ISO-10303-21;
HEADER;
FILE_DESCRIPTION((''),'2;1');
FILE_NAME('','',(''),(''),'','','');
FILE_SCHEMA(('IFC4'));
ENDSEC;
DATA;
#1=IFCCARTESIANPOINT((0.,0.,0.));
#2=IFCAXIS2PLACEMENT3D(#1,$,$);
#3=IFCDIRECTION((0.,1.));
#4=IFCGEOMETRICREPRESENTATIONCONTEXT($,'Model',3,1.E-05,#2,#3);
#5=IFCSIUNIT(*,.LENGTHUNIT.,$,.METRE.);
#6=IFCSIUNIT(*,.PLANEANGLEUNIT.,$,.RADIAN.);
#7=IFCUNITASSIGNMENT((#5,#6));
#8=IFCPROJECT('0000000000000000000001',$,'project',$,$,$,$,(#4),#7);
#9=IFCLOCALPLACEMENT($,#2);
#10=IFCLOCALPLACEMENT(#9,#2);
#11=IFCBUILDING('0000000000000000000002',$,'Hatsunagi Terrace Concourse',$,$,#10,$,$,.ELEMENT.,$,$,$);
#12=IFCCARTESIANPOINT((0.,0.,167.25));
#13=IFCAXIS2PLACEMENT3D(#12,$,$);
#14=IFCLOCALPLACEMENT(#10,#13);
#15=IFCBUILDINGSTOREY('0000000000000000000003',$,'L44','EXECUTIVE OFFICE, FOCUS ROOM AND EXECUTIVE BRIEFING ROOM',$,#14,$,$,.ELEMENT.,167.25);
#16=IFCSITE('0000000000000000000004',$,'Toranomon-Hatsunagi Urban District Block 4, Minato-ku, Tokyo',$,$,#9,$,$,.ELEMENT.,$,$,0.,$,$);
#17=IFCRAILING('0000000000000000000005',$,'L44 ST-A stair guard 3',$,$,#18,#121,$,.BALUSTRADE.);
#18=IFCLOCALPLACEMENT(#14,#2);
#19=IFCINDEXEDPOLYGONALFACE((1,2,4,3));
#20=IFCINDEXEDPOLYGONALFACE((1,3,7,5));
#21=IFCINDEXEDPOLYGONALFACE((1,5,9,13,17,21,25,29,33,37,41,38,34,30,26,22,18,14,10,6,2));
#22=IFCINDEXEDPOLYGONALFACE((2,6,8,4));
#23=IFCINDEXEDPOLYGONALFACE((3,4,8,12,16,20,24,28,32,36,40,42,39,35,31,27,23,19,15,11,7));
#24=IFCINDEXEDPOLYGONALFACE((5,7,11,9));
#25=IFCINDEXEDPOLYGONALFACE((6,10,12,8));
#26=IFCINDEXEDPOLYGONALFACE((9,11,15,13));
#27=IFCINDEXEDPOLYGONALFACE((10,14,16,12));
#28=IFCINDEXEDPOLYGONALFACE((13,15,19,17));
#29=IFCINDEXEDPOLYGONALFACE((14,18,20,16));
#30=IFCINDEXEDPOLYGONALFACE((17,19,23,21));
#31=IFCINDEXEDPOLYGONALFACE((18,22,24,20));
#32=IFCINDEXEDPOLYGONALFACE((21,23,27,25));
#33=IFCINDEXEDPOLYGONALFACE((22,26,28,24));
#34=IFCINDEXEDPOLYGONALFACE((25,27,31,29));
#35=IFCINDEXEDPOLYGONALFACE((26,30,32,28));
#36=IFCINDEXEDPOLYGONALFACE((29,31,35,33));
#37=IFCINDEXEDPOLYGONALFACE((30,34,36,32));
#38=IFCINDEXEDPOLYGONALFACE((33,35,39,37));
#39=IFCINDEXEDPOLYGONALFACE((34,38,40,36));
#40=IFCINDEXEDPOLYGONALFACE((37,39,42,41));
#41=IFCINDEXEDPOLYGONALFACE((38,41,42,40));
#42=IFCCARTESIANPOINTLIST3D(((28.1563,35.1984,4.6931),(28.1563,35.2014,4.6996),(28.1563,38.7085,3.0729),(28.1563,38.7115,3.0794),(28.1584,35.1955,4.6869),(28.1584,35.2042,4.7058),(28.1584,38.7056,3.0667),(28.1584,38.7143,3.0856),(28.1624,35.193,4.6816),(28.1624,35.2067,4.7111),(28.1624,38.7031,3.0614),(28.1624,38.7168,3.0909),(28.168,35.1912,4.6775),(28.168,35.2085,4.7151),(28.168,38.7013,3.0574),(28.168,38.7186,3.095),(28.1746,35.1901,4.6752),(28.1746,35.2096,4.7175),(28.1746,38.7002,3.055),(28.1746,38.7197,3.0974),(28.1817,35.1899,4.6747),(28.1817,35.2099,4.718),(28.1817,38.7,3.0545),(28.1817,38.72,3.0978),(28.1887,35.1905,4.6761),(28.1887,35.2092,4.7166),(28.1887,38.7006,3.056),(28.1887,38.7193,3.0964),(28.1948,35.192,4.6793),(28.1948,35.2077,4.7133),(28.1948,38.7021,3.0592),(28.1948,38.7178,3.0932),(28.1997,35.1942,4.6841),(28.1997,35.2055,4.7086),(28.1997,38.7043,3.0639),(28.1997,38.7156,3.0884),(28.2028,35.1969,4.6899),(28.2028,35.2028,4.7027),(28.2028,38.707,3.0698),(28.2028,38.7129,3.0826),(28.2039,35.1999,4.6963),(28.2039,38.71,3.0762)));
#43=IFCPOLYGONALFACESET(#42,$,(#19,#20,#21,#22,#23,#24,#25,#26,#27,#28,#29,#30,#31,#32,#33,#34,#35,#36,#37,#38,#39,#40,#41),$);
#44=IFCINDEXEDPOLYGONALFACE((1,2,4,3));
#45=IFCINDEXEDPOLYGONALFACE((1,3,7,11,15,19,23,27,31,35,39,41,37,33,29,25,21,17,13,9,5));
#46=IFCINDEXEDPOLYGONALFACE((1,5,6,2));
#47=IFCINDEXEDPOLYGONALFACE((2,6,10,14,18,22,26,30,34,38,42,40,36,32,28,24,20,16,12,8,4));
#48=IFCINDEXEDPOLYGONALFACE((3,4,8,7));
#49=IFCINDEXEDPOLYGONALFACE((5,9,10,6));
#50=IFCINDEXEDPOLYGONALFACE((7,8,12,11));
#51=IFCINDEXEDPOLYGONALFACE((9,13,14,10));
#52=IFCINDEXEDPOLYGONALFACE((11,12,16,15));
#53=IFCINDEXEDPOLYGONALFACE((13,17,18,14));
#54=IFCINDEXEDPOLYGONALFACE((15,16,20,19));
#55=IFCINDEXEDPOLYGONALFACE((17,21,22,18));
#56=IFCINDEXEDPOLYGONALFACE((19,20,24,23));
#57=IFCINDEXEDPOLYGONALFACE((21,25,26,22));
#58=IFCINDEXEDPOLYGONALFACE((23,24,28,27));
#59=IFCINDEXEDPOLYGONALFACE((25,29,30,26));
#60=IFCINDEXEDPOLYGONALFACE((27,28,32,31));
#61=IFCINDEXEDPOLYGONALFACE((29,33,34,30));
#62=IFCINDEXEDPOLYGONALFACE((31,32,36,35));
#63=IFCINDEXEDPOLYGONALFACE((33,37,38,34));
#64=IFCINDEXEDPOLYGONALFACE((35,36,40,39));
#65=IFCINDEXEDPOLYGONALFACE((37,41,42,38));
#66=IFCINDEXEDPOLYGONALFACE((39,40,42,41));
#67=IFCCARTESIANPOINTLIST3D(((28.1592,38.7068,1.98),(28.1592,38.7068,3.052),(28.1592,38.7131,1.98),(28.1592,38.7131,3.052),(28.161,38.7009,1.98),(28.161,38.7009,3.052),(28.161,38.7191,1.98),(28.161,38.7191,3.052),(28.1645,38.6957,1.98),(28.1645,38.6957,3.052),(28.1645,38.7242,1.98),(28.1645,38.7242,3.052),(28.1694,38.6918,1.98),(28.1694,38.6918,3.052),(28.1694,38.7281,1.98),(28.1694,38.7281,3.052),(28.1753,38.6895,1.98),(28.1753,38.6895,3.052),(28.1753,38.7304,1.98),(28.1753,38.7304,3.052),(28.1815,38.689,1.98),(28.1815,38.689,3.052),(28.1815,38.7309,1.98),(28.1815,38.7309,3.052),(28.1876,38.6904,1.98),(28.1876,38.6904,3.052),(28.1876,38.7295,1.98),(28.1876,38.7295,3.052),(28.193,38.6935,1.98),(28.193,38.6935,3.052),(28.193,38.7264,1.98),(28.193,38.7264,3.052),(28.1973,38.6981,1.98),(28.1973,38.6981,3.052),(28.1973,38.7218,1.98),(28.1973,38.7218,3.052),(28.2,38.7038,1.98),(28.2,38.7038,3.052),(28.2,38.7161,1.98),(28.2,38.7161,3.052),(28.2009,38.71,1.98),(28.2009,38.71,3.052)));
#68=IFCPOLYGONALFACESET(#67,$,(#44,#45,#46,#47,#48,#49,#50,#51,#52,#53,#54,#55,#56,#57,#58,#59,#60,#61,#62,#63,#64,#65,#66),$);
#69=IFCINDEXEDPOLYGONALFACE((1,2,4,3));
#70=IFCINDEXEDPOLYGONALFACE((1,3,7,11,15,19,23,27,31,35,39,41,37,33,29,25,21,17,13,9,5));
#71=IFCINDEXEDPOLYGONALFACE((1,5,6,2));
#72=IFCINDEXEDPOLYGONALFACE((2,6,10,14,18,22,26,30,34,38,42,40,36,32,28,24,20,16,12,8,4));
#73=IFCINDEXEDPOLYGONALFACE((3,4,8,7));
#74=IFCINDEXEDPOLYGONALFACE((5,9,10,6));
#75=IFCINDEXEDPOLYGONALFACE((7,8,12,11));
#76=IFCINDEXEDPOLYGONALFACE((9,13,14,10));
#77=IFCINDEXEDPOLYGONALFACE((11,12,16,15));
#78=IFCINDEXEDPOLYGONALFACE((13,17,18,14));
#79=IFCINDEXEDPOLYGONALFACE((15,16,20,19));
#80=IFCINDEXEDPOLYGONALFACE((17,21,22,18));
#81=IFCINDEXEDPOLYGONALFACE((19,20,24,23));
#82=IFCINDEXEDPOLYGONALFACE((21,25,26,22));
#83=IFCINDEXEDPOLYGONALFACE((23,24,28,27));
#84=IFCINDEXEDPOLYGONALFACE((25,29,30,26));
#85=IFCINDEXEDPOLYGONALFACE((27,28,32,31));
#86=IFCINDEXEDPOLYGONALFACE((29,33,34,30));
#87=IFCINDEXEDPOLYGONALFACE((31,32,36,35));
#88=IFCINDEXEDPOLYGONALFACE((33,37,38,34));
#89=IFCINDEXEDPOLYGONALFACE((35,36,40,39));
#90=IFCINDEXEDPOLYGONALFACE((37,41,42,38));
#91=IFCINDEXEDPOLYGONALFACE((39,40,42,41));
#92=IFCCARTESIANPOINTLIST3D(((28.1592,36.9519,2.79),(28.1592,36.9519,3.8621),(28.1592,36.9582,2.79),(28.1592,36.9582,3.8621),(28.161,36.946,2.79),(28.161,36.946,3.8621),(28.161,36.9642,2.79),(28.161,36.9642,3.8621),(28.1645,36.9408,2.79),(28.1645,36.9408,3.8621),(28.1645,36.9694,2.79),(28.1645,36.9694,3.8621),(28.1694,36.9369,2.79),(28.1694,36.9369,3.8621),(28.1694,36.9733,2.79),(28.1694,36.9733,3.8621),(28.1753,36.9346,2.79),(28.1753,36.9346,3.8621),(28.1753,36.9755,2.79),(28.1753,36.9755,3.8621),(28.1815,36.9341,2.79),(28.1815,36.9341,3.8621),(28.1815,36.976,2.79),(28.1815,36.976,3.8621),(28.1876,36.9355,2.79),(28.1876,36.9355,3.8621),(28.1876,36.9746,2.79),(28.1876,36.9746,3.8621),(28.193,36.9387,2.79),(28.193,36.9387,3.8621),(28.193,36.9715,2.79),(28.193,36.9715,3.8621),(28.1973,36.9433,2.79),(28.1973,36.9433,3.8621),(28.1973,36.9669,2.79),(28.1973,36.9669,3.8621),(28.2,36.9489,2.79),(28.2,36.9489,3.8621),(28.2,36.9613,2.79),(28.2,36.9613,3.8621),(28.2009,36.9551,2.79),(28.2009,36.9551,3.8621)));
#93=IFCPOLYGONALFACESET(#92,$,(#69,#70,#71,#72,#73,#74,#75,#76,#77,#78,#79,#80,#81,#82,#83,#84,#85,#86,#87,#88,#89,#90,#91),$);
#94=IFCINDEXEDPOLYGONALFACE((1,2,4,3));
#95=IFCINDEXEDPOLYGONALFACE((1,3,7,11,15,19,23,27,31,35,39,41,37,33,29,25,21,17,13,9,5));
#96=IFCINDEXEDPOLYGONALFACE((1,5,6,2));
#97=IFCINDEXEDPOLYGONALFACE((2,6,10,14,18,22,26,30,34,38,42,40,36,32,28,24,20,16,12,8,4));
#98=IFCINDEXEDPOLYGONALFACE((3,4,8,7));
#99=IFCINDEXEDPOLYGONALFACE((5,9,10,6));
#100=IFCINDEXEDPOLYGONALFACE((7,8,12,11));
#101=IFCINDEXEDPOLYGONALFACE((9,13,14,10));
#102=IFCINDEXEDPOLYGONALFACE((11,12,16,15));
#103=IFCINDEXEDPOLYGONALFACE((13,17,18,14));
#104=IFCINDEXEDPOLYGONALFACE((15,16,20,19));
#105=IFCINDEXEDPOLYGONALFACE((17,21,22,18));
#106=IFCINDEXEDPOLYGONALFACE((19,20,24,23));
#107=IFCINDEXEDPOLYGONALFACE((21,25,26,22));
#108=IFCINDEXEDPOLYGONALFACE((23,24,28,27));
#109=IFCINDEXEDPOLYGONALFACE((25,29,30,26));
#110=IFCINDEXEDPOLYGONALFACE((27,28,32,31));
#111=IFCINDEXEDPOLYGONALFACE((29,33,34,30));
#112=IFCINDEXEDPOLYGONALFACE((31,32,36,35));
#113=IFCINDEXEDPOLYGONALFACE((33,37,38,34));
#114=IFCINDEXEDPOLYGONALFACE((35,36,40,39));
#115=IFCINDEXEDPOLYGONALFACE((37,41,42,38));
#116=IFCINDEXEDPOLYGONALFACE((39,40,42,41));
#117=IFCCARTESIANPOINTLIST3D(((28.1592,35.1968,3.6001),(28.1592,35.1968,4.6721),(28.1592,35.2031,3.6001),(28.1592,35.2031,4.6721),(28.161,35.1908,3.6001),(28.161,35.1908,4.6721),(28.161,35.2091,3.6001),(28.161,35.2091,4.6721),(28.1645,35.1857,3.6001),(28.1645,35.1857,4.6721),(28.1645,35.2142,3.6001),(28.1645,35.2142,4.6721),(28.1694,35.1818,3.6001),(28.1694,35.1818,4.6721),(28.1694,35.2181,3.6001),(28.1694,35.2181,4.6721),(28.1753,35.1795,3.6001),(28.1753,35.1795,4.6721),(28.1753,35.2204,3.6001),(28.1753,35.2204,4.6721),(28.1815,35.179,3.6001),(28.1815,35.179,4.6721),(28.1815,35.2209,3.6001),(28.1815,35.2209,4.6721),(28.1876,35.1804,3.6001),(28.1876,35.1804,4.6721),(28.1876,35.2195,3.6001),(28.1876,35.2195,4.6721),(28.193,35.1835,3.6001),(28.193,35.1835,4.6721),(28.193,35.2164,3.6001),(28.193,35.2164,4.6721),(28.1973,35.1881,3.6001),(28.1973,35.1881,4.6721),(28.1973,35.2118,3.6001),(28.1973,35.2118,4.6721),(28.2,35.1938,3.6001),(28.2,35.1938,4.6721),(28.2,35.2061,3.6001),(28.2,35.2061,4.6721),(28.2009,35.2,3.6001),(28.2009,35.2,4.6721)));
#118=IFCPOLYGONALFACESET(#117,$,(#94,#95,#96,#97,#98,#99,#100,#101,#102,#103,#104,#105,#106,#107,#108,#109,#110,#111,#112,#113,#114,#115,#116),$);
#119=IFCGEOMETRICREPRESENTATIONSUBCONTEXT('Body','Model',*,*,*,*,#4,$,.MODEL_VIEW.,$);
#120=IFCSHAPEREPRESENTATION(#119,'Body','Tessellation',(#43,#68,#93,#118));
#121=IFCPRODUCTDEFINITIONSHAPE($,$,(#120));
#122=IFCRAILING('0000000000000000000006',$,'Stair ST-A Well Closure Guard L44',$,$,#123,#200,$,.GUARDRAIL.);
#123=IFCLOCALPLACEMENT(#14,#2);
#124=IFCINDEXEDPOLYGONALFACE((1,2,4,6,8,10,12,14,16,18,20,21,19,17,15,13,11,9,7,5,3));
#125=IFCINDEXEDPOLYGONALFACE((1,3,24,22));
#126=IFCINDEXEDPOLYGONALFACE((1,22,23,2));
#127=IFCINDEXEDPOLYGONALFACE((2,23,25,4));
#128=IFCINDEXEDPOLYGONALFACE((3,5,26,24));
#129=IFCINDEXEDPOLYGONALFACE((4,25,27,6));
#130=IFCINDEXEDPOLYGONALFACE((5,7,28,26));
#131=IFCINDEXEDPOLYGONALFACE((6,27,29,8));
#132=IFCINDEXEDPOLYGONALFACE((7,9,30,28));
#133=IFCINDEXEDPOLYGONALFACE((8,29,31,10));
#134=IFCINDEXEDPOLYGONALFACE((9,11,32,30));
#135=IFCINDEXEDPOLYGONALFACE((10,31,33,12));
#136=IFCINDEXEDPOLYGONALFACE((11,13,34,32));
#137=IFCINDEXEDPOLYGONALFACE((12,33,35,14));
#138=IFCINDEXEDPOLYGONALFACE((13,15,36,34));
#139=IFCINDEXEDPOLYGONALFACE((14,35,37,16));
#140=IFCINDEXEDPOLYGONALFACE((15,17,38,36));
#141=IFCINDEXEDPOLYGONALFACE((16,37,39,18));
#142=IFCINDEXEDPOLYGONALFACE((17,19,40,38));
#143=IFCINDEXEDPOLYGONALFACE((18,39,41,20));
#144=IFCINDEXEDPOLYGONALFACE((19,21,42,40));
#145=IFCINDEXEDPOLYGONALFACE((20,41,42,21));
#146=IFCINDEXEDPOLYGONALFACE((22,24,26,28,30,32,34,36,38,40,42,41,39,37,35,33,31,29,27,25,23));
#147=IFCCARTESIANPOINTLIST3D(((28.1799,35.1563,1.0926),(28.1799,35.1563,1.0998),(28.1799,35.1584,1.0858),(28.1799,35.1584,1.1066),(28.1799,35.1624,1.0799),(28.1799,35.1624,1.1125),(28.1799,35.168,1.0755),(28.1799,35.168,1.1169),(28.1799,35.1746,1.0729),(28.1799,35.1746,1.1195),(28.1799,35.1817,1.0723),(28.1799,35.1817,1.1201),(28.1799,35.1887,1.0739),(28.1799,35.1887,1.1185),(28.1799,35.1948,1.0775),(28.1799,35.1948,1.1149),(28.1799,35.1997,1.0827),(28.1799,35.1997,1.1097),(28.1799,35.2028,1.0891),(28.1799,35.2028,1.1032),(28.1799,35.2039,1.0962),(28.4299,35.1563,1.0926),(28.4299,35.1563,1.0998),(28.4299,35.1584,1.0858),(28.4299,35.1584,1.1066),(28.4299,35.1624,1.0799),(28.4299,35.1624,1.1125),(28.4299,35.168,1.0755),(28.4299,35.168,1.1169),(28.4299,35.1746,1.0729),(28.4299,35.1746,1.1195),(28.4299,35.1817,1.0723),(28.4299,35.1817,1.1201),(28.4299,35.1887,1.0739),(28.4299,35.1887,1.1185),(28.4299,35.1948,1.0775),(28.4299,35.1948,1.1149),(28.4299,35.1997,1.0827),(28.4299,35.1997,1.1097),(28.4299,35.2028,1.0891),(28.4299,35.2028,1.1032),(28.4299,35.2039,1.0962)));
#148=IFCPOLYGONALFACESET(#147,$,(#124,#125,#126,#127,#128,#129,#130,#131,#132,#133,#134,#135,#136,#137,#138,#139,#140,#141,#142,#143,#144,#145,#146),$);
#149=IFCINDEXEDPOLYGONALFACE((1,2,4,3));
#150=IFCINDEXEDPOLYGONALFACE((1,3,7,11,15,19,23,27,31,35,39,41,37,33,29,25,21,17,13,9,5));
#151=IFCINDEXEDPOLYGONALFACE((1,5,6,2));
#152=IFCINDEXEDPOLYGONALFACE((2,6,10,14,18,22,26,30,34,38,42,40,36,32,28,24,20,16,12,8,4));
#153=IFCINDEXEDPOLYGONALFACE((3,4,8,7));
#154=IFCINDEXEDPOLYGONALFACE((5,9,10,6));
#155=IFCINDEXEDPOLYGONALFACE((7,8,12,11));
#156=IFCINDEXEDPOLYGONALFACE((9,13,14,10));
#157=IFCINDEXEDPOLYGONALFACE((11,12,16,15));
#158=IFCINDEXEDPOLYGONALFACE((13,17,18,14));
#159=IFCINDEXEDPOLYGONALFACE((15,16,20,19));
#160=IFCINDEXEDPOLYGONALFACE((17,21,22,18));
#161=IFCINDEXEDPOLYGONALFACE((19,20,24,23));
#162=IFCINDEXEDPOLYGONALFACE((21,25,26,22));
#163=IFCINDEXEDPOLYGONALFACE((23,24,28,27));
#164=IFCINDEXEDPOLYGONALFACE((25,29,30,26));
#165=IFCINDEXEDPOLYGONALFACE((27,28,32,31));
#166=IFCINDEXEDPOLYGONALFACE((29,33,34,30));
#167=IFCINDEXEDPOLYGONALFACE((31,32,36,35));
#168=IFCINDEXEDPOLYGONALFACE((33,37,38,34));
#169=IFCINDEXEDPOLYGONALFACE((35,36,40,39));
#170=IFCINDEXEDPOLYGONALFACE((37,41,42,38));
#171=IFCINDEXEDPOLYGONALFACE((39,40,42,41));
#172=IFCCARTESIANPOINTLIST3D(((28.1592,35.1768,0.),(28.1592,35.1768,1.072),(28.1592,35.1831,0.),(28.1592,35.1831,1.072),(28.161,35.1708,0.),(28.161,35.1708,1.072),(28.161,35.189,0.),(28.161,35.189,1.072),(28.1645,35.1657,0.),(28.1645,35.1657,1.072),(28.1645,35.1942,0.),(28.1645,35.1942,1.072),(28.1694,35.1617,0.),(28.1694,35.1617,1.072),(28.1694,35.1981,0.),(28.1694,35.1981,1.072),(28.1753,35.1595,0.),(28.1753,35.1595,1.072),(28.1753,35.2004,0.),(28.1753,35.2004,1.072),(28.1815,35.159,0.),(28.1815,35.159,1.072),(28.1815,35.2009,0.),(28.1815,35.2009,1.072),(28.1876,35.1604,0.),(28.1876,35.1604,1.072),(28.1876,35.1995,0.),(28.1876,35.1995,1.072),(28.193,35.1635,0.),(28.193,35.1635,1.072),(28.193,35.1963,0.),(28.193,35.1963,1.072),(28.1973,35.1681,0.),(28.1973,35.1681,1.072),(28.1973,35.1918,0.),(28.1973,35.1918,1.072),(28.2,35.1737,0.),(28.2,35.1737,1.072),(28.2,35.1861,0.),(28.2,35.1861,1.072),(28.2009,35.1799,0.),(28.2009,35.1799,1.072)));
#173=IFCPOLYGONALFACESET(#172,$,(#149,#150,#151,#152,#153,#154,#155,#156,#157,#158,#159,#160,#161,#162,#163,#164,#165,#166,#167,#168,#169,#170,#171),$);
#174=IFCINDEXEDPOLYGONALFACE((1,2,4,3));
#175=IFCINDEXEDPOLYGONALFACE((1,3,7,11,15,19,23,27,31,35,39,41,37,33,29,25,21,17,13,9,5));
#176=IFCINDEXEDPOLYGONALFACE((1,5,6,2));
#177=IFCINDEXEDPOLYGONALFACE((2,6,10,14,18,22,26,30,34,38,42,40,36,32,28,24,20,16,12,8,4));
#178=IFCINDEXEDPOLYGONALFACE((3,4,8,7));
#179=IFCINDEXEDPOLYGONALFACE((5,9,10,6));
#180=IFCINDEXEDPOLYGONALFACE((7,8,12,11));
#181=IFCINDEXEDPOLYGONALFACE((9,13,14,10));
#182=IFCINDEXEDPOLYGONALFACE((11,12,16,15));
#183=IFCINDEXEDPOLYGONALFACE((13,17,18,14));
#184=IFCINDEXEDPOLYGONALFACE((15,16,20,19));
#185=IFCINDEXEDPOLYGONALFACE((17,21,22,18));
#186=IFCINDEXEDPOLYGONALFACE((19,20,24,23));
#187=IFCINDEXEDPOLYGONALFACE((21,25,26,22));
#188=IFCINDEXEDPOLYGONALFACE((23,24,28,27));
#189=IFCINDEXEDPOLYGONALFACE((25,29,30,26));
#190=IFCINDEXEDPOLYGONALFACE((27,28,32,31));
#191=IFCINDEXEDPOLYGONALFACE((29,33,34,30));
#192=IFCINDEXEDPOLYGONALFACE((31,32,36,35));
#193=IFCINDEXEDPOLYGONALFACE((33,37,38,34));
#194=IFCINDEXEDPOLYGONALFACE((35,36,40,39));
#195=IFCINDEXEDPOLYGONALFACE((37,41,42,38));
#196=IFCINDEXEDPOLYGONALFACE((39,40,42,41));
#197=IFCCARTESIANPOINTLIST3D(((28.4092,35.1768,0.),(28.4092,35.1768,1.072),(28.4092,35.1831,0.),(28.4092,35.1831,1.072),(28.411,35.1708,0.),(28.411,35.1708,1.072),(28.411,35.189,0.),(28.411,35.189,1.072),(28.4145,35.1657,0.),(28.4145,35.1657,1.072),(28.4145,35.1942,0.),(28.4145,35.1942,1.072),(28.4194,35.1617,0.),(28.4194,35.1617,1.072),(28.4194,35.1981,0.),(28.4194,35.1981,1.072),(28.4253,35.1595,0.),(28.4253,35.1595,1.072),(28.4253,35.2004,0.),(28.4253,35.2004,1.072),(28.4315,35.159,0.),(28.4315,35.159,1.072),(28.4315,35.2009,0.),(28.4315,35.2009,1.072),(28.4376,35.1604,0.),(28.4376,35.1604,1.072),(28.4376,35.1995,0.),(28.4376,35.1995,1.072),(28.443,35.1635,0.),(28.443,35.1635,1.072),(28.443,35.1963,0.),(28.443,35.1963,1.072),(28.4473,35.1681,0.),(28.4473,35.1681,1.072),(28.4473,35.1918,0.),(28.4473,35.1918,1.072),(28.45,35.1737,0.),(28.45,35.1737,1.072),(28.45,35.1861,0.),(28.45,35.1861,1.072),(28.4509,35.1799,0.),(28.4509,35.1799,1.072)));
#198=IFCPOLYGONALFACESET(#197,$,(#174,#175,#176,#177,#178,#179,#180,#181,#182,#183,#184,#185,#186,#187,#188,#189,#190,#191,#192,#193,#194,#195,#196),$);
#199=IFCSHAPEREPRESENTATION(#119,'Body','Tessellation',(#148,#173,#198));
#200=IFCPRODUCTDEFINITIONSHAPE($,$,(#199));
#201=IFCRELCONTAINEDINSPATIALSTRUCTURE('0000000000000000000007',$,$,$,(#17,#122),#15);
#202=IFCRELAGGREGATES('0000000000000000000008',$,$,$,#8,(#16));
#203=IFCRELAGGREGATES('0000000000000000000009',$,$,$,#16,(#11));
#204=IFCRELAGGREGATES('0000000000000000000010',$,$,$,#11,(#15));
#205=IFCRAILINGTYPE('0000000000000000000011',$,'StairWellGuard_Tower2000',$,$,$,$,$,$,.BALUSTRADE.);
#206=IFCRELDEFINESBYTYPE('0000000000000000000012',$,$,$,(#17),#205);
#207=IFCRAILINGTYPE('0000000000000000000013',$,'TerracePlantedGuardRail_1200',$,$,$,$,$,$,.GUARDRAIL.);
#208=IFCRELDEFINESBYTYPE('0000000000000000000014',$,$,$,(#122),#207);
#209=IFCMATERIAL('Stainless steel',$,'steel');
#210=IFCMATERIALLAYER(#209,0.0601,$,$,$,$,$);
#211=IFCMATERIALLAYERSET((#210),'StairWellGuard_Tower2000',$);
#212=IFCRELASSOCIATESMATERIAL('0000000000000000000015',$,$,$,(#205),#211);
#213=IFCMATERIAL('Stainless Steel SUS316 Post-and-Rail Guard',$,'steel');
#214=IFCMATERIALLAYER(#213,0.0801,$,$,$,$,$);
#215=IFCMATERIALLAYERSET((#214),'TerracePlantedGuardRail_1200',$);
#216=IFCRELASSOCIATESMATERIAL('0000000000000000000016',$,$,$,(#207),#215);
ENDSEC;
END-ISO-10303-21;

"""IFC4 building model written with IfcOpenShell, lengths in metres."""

from ifc_helpers import new_model, si_unit, direction, frame, origin, origin_2d, place, context, subcontext, project, spatial, circle, extrude, material, layer, layer_set, type_object, element, save


model = new_model("IFC4")

# Units and contexts
model_context = context("Model", 3, precision=1e-05, world=origin(), true_north=direction((0.0, 1.0)))
body_context = subcontext(model_context, "Body", "Model", "MODEL_VIEW")
ifc_project = project(units=[si_unit("LENGTHUNIT", "METRE"), si_unit("PLANEANGLEUNIT", "RADIAN")], contexts=[model_context])

# Site, building, storey
site_placement = place(None, origin())
site = spatial("IfcSite", under=ifc_project, at=site_placement, Name="Toranomon-Hatsunagi Urban District Block 4, Minato-ku, Tokyo", CompositionType="ELEMENT", RefElevation=0.0)
building_placement = place(site_placement, origin())
building = spatial("IfcBuilding", under=site, at=building_placement, Name="Hatsunagi Terrace Concourse", CompositionType="ELEMENT")
storey_placement = place(building_placement, frame((0.0, 0.0, 167.25)))
storey = spatial("IfcBuildingStorey", under=building, at=storey_placement, Name="L44", Description="EXECUTIVE OFFICE, FOCUS ROOM AND EXECUTIVE BRIEFING ROOM", CompositionType="ELEMENT", Elevation=167.25)

# Railings
ifc_material_1 = material(Name="Stainless steel", Category="steel")
ifc_layer_1 = layer(ifc_material_1, 0.0601)
ifc_layer_set_1 = layer_set([ifc_layer_1], Name="StairWellGuard_Tower2000")
railing_type_1 = type_object("IfcRailingType", Name="StairWellGuard_Tower2000", PredefinedType="BALUSTRADE", material=ifc_layer_set_1)
railing_1_placement = place(storey_placement, frame((28.1799, 38.71, 1.98)))
element("IfcRailing", 1, at=railing_1_placement, inside=storey, type_object=railing_type_1, Name="L44 ST-A stair guard 3", PredefinedType="BALUSTRADE", context=body_context, shape_type="SweptSolid", body=[
    extrude(circle(Radius=0.0239, at=origin_2d()), frame((0.0, 0.0, 1.0962), z_axis=(0.0, -0.907948, 0.419082), x_axis=(1.0, 0.0, 0.0)), (0.0, 0.0, 1.0), 3.866),
    extrude(circle(Radius=0.021, at=origin_2d()), origin(), (0.0, 0.0, 1.0), 1.072),
    extrude(circle(Radius=0.021, at=origin_2d()), frame((0.0, -1.7549, 0.8101)), (0.0, 0.0, 1.0), 1.072),
    extrude(circle(Radius=0.021, at=origin_2d()), frame((0.0, -3.51, 1.6201)), (0.0, 0.0, 1.0), 1.072),
])
ifc_material_2 = material(Name="Stainless Steel SUS316 Post-and-Rail Guard", Category="steel")
ifc_layer_2 = layer(ifc_material_2, 0.0801)
ifc_layer_set_2 = layer_set([ifc_layer_2], Name="TerracePlantedGuardRail_1200")
railing_type_2 = type_object("IfcRailingType", Name="TerracePlantedGuardRail_1200", PredefinedType="GUARDRAIL", material=ifc_layer_set_2)
railing_2_placement = place(storey_placement, frame((28.1799, 35.1799, 0.0)))
element("IfcRailing", 2, at=railing_2_placement, inside=storey, type_object=railing_type_2, Name="Stair ST-A Well Closure Guard L44", PredefinedType="GUARDRAIL", context=body_context, shape_type="SweptSolid", body=[
    extrude(circle(Radius=0.0239, at=origin_2d()), frame((0.0, 0.0, 1.0962), z_axis=(1.0, 0.0, 0.0), x_axis=(0.0, 1.0, 0.0)), (0.0, 0.0, 1.0), 0.25),
    extrude(circle(Radius=0.021, at=origin_2d()), origin(), (0.0, 0.0, 1.0), 1.072),
    extrude(circle(Radius=0.021, at=origin_2d()), frame((0.25, 0.0, 0.0)), (0.0, 0.0, 1.0), 1.072),
])

save(model, "model.ifc")
